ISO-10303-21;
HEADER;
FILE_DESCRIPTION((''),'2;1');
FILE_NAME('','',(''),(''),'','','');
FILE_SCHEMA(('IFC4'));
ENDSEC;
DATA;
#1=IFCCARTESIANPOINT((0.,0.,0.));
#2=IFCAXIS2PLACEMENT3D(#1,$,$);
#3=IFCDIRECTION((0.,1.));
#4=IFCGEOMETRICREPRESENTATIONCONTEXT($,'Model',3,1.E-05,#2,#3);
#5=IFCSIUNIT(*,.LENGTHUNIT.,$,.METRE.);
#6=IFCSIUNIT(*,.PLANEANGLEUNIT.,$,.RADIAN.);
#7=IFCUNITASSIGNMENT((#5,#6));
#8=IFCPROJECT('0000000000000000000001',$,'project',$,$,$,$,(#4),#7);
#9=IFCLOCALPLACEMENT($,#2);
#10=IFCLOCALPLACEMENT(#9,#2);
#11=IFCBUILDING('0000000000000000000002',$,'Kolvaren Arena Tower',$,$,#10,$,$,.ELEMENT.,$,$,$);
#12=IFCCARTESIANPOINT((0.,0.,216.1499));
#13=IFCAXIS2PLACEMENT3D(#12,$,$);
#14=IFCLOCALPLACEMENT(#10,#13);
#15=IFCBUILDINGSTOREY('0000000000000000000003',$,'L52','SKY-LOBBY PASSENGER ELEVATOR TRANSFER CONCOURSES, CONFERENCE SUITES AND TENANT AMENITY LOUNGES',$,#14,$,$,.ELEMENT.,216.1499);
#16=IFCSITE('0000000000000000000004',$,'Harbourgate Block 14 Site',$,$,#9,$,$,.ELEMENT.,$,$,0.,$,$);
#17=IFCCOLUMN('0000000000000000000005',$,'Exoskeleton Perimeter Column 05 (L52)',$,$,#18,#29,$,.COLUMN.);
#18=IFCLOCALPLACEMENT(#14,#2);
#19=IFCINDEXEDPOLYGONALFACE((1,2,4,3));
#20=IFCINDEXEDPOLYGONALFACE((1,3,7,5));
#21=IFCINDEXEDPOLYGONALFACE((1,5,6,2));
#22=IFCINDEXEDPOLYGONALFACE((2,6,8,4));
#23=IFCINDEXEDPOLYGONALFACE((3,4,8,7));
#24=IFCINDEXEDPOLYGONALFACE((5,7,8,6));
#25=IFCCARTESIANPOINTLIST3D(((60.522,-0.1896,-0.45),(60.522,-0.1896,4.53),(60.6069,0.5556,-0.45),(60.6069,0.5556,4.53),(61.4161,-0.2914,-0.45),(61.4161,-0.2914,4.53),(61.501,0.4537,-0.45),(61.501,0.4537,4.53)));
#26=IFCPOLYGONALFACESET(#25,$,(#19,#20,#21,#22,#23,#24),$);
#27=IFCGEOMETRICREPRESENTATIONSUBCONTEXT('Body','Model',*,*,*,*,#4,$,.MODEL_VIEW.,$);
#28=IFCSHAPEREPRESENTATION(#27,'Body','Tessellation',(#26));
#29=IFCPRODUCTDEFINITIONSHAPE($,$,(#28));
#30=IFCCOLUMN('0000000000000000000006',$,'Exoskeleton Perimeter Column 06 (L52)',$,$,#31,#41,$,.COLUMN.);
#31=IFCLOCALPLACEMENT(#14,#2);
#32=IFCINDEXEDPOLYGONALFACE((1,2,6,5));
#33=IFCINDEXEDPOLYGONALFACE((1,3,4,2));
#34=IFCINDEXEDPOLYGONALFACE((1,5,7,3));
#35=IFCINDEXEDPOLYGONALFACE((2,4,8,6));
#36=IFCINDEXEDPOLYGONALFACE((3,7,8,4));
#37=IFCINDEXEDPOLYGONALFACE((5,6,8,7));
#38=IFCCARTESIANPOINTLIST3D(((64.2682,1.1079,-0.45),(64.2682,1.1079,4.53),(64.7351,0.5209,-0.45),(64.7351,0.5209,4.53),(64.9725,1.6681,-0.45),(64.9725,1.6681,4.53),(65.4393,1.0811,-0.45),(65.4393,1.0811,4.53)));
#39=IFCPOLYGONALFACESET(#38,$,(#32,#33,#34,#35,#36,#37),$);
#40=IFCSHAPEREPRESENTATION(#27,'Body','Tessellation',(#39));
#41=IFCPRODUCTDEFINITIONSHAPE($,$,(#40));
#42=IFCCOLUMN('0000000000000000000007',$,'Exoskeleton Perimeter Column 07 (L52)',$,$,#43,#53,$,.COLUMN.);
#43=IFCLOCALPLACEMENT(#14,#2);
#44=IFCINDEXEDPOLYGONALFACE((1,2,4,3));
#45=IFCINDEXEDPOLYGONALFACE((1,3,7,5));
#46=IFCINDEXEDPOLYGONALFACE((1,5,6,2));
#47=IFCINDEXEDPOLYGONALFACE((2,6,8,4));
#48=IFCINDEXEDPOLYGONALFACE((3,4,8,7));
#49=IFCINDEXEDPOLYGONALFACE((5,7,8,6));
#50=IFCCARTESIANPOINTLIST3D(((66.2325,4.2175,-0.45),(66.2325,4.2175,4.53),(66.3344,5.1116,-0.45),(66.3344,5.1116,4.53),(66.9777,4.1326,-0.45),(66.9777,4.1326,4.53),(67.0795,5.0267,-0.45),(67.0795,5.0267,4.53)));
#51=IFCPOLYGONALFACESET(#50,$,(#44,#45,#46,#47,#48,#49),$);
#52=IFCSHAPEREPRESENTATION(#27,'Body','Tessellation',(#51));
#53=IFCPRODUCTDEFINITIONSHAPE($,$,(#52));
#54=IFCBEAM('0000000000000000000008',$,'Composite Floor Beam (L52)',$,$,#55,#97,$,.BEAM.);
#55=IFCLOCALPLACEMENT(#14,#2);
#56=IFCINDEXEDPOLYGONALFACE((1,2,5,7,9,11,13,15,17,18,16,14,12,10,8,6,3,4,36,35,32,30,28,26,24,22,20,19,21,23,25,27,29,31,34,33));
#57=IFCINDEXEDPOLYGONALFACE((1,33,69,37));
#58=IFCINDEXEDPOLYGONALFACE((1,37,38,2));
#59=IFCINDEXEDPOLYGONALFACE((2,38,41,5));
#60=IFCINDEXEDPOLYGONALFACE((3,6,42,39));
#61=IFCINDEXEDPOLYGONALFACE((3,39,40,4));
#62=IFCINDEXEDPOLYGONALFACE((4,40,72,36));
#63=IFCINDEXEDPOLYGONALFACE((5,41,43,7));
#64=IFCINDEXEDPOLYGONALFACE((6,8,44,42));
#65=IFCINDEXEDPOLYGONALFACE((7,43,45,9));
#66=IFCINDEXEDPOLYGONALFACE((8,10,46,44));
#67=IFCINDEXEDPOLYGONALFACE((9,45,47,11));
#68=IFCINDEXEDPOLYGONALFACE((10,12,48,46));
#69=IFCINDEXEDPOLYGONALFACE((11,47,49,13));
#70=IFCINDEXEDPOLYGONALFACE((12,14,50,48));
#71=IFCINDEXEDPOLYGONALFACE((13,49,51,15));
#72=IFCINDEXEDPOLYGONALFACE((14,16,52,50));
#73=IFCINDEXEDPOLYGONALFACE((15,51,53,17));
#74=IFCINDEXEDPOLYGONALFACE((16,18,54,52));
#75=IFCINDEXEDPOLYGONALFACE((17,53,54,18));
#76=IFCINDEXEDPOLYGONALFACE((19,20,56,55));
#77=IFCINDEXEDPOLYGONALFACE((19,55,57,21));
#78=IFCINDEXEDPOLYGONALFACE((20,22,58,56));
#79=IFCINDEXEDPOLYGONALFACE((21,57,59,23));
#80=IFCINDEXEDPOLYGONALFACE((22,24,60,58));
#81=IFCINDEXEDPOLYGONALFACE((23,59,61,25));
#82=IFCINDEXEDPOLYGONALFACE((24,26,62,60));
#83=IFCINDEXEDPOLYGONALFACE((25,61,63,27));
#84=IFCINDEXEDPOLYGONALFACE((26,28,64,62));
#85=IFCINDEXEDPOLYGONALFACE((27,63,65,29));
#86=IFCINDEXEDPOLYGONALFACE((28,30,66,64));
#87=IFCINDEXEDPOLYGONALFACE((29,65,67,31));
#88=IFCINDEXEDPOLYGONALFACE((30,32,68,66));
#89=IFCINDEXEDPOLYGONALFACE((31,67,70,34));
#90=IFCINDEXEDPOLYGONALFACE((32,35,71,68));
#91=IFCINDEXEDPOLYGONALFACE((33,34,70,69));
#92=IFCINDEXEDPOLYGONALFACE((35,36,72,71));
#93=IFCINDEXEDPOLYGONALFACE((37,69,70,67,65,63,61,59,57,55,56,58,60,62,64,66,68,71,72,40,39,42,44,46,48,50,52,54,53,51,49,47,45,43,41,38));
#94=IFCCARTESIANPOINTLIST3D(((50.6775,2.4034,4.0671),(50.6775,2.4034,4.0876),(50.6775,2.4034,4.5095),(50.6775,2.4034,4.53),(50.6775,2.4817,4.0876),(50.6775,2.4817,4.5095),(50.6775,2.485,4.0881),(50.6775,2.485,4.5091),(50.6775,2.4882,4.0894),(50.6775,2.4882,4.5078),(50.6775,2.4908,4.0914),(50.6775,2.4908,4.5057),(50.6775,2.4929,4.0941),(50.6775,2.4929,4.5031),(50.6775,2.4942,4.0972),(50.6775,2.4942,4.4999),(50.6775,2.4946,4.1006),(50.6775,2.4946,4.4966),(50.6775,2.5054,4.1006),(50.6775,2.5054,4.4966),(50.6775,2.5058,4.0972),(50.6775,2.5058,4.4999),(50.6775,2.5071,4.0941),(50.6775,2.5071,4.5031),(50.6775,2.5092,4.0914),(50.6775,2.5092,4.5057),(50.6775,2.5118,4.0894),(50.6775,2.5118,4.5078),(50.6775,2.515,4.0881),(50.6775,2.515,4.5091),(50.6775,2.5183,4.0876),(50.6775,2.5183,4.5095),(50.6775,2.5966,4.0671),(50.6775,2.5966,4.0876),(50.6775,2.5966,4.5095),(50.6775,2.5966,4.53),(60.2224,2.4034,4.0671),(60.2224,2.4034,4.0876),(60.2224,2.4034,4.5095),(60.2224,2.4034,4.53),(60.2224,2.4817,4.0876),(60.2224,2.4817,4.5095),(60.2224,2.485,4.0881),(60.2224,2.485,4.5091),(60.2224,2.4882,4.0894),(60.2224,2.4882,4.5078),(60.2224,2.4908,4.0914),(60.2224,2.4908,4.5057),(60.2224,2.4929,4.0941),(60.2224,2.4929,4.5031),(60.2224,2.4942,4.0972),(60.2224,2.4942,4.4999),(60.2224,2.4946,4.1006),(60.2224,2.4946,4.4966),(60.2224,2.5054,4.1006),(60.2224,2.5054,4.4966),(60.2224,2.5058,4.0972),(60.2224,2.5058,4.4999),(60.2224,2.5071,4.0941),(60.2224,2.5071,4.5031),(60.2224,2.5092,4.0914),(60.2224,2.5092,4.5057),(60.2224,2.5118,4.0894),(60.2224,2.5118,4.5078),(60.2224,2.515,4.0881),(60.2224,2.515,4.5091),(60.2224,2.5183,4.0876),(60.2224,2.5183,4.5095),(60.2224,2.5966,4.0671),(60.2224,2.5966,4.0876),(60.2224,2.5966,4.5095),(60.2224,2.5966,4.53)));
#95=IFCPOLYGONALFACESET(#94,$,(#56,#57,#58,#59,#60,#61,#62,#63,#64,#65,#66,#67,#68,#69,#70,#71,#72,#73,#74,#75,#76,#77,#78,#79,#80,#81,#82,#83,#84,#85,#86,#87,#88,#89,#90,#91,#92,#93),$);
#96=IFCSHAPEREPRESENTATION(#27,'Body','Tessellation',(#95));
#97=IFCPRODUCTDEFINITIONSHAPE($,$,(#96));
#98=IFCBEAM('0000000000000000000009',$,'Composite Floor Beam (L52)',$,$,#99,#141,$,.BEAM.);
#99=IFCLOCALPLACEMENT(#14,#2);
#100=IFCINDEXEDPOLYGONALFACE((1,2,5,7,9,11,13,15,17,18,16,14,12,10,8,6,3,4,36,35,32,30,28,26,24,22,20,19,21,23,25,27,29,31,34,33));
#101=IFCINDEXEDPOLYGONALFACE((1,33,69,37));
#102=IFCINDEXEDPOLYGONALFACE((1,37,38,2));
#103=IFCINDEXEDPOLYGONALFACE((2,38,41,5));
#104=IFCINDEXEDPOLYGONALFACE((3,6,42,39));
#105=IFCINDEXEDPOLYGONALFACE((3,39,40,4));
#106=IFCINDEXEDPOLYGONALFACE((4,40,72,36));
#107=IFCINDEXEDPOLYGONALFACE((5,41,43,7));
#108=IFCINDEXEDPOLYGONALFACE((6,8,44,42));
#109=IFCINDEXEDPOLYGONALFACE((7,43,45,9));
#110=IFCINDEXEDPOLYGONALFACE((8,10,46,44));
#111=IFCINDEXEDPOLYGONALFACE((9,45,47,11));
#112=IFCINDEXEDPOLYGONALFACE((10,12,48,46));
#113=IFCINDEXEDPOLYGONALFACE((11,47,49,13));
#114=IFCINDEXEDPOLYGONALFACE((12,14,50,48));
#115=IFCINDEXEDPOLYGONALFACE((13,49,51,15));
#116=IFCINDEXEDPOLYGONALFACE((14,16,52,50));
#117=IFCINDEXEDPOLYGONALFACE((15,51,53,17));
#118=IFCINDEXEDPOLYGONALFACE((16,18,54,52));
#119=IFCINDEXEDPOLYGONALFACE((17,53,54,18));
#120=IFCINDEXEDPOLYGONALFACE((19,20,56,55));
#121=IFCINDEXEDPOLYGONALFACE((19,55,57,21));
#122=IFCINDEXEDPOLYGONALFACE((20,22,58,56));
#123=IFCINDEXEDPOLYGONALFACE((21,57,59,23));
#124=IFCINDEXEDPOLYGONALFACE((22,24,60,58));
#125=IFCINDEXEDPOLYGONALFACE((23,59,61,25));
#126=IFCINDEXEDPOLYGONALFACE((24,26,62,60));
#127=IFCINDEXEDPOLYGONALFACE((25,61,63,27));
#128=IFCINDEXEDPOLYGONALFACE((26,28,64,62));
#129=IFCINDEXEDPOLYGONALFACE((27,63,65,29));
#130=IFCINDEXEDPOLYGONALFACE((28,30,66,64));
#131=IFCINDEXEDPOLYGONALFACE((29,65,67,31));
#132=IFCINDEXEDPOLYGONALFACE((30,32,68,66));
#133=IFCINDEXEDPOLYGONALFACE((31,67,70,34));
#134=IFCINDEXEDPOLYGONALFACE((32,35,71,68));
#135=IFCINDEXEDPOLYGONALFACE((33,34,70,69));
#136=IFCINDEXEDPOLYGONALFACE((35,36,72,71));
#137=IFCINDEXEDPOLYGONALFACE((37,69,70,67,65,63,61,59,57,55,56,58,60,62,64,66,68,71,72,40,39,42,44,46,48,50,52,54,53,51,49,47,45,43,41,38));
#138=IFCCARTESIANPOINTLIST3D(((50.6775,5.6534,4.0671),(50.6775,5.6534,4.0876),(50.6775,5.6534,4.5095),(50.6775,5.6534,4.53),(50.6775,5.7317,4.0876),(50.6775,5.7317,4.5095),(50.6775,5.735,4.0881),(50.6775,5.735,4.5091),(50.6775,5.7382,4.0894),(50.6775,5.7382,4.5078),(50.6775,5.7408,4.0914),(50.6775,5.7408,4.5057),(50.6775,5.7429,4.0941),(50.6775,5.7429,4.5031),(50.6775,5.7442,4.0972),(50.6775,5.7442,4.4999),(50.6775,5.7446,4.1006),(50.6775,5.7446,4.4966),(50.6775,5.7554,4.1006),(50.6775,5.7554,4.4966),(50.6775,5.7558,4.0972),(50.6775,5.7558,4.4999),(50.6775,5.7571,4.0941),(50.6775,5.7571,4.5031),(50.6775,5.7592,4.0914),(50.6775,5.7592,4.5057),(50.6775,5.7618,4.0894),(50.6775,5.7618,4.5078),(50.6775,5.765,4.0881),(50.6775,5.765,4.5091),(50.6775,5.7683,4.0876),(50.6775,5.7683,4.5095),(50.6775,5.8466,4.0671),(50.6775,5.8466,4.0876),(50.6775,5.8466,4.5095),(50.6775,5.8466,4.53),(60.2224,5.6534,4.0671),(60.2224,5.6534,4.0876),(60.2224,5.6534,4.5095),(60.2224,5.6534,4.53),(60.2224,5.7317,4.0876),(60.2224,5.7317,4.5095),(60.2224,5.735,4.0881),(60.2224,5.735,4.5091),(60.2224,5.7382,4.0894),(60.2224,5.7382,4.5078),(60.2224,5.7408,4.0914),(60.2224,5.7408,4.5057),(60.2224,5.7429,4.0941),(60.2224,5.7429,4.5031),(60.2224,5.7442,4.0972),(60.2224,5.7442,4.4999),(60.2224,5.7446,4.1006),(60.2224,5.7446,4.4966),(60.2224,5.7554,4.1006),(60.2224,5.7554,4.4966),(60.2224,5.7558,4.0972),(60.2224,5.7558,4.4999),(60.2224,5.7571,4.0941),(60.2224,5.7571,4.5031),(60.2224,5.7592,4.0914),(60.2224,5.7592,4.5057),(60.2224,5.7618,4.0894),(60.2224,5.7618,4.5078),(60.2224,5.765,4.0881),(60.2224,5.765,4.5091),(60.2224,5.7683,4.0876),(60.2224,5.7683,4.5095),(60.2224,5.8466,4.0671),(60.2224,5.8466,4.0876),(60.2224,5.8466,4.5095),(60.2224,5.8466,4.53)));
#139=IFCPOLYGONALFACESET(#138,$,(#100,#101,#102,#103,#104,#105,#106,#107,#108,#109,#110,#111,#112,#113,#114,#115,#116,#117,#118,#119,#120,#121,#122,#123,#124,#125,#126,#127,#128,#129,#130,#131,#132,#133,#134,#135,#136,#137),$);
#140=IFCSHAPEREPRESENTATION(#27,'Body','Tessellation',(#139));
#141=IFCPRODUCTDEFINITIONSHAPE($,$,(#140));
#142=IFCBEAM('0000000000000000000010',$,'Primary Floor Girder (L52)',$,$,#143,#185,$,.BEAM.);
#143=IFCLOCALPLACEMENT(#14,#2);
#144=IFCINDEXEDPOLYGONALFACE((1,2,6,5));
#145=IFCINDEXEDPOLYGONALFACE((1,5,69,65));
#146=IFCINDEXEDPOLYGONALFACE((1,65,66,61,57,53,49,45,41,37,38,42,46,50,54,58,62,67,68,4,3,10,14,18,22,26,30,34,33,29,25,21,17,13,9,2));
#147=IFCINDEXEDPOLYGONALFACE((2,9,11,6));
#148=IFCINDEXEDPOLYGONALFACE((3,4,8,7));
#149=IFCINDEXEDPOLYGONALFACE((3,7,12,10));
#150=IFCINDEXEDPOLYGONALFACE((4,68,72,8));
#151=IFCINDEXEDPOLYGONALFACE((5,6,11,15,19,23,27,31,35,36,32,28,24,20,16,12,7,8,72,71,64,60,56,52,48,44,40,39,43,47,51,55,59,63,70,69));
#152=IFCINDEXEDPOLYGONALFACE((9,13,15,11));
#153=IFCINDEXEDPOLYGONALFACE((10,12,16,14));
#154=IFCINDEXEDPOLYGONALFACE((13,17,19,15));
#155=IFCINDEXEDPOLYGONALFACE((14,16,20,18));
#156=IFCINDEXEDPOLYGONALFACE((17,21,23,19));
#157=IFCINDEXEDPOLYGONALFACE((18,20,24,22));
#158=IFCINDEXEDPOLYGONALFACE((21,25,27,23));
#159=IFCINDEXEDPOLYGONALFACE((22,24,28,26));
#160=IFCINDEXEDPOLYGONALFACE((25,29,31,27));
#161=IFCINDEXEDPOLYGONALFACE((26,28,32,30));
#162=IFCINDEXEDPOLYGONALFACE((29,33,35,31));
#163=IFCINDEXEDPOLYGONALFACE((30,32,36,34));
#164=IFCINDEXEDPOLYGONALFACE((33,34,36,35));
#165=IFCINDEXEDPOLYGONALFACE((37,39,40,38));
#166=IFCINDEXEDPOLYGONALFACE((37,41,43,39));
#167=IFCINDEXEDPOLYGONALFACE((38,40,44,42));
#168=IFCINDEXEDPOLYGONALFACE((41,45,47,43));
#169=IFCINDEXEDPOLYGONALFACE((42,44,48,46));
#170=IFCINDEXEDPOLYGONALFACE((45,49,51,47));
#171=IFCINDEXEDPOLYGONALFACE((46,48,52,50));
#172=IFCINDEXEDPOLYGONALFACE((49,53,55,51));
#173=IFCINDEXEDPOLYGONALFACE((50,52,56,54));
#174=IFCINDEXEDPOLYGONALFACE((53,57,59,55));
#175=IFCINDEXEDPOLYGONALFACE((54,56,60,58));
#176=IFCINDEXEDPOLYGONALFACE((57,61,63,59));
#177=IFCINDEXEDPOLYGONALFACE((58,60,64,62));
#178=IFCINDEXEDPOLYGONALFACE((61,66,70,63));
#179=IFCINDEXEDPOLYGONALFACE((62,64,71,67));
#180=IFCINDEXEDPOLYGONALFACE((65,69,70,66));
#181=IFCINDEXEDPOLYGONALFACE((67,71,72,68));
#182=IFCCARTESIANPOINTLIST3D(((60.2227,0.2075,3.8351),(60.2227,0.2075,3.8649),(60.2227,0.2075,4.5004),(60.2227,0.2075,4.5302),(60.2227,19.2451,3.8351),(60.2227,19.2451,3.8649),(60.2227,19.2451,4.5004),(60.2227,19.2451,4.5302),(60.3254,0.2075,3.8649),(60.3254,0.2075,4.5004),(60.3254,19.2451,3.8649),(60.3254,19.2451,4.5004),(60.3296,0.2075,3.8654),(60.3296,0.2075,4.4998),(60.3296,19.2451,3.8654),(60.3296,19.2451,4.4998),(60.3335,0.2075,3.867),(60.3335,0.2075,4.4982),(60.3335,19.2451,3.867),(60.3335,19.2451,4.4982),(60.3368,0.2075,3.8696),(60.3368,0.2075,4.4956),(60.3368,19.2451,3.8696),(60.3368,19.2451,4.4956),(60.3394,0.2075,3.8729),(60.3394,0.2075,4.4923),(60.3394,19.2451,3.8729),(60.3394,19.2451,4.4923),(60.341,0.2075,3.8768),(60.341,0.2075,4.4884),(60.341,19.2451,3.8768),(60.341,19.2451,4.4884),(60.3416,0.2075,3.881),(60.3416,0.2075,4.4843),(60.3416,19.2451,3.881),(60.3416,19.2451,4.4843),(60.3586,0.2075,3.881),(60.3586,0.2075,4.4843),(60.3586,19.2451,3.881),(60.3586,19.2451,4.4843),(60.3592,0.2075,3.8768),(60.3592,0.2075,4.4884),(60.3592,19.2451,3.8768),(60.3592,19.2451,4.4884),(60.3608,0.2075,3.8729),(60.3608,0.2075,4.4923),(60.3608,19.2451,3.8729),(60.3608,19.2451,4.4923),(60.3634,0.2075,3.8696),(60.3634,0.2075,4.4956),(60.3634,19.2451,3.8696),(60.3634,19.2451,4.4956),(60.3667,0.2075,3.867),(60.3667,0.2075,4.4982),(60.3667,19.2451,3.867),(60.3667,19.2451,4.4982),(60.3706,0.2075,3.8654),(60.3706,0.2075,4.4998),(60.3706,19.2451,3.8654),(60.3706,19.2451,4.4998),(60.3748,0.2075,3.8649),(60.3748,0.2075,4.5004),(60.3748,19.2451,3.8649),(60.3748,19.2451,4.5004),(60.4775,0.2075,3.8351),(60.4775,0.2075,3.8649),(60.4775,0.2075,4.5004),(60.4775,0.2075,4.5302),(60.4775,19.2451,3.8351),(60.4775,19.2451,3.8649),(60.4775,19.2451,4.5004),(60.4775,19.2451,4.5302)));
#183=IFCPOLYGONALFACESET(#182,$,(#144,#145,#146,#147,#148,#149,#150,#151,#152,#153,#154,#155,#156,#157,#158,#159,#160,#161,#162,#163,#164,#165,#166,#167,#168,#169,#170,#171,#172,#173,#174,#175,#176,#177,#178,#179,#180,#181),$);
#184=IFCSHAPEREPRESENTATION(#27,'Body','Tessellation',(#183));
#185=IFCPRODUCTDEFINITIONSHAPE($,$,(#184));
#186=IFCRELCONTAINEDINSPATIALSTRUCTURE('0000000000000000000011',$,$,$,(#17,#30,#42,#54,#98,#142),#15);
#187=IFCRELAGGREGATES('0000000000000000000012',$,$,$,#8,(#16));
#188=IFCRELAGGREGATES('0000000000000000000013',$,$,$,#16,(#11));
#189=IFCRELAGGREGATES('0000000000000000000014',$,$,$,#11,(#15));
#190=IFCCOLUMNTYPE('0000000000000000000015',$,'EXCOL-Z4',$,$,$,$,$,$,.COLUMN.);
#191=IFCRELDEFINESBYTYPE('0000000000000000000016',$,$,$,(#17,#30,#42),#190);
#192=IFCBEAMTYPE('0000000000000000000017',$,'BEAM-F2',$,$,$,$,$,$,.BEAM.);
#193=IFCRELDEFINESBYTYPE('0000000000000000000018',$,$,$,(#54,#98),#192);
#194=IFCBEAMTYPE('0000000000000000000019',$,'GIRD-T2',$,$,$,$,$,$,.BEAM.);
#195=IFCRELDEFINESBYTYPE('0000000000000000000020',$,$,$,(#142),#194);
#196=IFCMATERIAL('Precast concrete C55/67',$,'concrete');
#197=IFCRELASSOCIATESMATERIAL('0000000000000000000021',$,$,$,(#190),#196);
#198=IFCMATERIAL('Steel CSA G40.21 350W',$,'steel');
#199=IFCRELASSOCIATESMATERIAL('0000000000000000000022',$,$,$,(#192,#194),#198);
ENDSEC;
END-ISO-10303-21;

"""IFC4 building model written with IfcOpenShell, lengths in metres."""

from ifc_helpers import new_model, si_unit, direction, frame, origin, origin_2d, place, context, subcontext, project, spatial, rectangle, i_section, extrude, material, material_profile, profile_set, type_object, element, save


model = new_model("IFC4")

# Units and contexts
model_context = context("Model", 3, precision=1e-05, world=origin(), true_north=direction((0.0, 1.0)))
body_context = subcontext(model_context, "Body", "Model", "MODEL_VIEW")
ifc_project = project(units=[si_unit("LENGTHUNIT", "METRE"), si_unit("PLANEANGLEUNIT", "RADIAN")], contexts=[model_context])

# Site, building, storey
site_placement = place(None, origin())
site = spatial("IfcSite", under=ifc_project, at=site_placement, Name="Harbourgate Block 14 Site", CompositionType="ELEMENT", RefElevation=0.0)
building_placement = place(site_placement, origin())
building = spatial("IfcBuilding", under=site, at=building_placement, Name="Kolvaren Arena Tower", CompositionType="ELEMENT")
storey_placement = place(building_placement, frame((0.0, 0.0, 216.1499)))
storey = spatial("IfcBuildingStorey", under=building, at=storey_placement, Name="L52", Description="SKY-LOBBY PASSENGER ELEVATOR TRANSFER CONCOURSES, CONFERENCE SUITES AND TENANT AMENITY LOUNGES", CompositionType="ELEMENT", Elevation=216.1499)

# Columns
ifc_material_1 = material(Name="Precast concrete C55/67", Category="concrete")
ifc_material_profile_1 = material_profile(ifc_material_1, rectangle(XDim=0.8999, YDim=0.75, at=origin_2d()), Name="RC-900x750")
ifc_profile_set_1 = profile_set([ifc_material_profile_1], Name="Precast concrete C55/67")
column_type = type_object("IfcColumnType", Name="EXCOL-Z4", PredefinedType="COLUMN", material=ifc_profile_set_1)
for number, where, z_axis, x_axis, name in (
    (1, (61.0115, 0.1321, -0.45), (0.0, 0.0, 1.0), (0.993572, -0.113203, 0.0), "Exoskeleton Perimeter Column 05 (L52)"),
    (2, (64.8538, 1.0945, -0.45), (0.0, 0.0, 1.0), (0.782608, 0.622515, 0.0), "Exoskeleton Perimeter Column 06 (L52)"),
    (3, (66.656, 4.6221, -0.45), (0.0, 0.0, 1.0), (0.113203, 0.993572, 0.0), "Exoskeleton Perimeter Column 07 (L52)"),
):
    element("IfcColumn", number, at=place(storey_placement, frame(where, z_axis=z_axis, x_axis=x_axis)), inside=storey, type_object=column_type, Name=name, PredefinedType="COLUMN", context=body_context, shape_type="SweptSolid", body=[
        extrude(rectangle(XDim=0.8999, YDim=0.75, at=origin_2d()), origin(), (0.0, 0.0, 1.0), 4.98),
    ])

# Beams
ifc_material_2 = material(Name="Steel CSA G40.21 350W", Category="steel")
ifc_material_profile_2 = material_profile(ifc_material_2, i_section(OverallWidth=0.1931, OverallDepth=0.4629, WebThickness=0.0107, FlangeThickness=0.0205, FilletRadius=0.0129, at=origin_2d()), Name="W460x113")
ifc_profile_set_2 = profile_set([ifc_material_profile_2], Name="Steel CSA G40.21 350W")
beam_type_1 = type_object("IfcBeamType", Name="BEAM-F2", PredefinedType="BEAM", material=ifc_profile_set_2)
for number, where, z_axis, x_axis, name in (
    (4, (50.6775, 2.5, 4.2986), (1.0, 0.0, 0.0), (0.0, 1.0, 0.0), "Composite Floor Beam (L52)"),
    (5, (50.6775, 5.75, 4.2986), (1.0, 0.0, 0.0), (0.0, 1.0, 0.0), "Composite Floor Beam (L52)"),
):
    element("IfcBeam", number, at=place(storey_placement, frame(where, z_axis=z_axis, x_axis=x_axis)), inside=storey, type_object=beam_type_1, Name=name, PredefinedType="BEAM", context=body_context, shape_type="SweptSolid", body=[
        extrude(i_section(OverallWidth=0.1931, OverallDepth=0.4629, WebThickness=0.0107, FlangeThickness=0.0205, FilletRadius=0.0129, at=origin_2d()), origin(), (0.0, 0.0, 1.0), 9.5449),
    ])
ifc_material_profile_3 = material_profile(ifc_material_2, i_section(OverallWidth=0.2549, OverallDepth=0.6951, WebThickness=0.0171, FlangeThickness=0.0298, FilletRadius=0.0161, at=origin_2d()), Name="W690x217")
ifc_profile_set_3 = profile_set([ifc_material_profile_3], Name="Steel CSA G40.21 350W")
beam_type_2 = type_object("IfcBeamType", Name="GIRD-T2", PredefinedType="BEAM", material=ifc_profile_set_3)
beam_1_placement = place(storey_placement, frame((60.3501, 0.2075, 4.1826), z_axis=(0.0, 1.0, 0.0), x_axis=(-1.0, 0.0, 0.0)))
element("IfcBeam", 6, at=beam_1_placement, inside=storey, type_object=beam_type_2, Name="Primary Floor Girder (L52)", PredefinedType="BEAM", context=body_context, shape_type="SweptSolid", body=[
    extrude(i_section(OverallWidth=0.2549, OverallDepth=0.6951, WebThickness=0.0171, FlangeThickness=0.0298, FilletRadius=0.0161, at=origin_2d()), origin(), (0.0, 0.0, 1.0), 19.0376),
])

save(model, "model.ifc")
